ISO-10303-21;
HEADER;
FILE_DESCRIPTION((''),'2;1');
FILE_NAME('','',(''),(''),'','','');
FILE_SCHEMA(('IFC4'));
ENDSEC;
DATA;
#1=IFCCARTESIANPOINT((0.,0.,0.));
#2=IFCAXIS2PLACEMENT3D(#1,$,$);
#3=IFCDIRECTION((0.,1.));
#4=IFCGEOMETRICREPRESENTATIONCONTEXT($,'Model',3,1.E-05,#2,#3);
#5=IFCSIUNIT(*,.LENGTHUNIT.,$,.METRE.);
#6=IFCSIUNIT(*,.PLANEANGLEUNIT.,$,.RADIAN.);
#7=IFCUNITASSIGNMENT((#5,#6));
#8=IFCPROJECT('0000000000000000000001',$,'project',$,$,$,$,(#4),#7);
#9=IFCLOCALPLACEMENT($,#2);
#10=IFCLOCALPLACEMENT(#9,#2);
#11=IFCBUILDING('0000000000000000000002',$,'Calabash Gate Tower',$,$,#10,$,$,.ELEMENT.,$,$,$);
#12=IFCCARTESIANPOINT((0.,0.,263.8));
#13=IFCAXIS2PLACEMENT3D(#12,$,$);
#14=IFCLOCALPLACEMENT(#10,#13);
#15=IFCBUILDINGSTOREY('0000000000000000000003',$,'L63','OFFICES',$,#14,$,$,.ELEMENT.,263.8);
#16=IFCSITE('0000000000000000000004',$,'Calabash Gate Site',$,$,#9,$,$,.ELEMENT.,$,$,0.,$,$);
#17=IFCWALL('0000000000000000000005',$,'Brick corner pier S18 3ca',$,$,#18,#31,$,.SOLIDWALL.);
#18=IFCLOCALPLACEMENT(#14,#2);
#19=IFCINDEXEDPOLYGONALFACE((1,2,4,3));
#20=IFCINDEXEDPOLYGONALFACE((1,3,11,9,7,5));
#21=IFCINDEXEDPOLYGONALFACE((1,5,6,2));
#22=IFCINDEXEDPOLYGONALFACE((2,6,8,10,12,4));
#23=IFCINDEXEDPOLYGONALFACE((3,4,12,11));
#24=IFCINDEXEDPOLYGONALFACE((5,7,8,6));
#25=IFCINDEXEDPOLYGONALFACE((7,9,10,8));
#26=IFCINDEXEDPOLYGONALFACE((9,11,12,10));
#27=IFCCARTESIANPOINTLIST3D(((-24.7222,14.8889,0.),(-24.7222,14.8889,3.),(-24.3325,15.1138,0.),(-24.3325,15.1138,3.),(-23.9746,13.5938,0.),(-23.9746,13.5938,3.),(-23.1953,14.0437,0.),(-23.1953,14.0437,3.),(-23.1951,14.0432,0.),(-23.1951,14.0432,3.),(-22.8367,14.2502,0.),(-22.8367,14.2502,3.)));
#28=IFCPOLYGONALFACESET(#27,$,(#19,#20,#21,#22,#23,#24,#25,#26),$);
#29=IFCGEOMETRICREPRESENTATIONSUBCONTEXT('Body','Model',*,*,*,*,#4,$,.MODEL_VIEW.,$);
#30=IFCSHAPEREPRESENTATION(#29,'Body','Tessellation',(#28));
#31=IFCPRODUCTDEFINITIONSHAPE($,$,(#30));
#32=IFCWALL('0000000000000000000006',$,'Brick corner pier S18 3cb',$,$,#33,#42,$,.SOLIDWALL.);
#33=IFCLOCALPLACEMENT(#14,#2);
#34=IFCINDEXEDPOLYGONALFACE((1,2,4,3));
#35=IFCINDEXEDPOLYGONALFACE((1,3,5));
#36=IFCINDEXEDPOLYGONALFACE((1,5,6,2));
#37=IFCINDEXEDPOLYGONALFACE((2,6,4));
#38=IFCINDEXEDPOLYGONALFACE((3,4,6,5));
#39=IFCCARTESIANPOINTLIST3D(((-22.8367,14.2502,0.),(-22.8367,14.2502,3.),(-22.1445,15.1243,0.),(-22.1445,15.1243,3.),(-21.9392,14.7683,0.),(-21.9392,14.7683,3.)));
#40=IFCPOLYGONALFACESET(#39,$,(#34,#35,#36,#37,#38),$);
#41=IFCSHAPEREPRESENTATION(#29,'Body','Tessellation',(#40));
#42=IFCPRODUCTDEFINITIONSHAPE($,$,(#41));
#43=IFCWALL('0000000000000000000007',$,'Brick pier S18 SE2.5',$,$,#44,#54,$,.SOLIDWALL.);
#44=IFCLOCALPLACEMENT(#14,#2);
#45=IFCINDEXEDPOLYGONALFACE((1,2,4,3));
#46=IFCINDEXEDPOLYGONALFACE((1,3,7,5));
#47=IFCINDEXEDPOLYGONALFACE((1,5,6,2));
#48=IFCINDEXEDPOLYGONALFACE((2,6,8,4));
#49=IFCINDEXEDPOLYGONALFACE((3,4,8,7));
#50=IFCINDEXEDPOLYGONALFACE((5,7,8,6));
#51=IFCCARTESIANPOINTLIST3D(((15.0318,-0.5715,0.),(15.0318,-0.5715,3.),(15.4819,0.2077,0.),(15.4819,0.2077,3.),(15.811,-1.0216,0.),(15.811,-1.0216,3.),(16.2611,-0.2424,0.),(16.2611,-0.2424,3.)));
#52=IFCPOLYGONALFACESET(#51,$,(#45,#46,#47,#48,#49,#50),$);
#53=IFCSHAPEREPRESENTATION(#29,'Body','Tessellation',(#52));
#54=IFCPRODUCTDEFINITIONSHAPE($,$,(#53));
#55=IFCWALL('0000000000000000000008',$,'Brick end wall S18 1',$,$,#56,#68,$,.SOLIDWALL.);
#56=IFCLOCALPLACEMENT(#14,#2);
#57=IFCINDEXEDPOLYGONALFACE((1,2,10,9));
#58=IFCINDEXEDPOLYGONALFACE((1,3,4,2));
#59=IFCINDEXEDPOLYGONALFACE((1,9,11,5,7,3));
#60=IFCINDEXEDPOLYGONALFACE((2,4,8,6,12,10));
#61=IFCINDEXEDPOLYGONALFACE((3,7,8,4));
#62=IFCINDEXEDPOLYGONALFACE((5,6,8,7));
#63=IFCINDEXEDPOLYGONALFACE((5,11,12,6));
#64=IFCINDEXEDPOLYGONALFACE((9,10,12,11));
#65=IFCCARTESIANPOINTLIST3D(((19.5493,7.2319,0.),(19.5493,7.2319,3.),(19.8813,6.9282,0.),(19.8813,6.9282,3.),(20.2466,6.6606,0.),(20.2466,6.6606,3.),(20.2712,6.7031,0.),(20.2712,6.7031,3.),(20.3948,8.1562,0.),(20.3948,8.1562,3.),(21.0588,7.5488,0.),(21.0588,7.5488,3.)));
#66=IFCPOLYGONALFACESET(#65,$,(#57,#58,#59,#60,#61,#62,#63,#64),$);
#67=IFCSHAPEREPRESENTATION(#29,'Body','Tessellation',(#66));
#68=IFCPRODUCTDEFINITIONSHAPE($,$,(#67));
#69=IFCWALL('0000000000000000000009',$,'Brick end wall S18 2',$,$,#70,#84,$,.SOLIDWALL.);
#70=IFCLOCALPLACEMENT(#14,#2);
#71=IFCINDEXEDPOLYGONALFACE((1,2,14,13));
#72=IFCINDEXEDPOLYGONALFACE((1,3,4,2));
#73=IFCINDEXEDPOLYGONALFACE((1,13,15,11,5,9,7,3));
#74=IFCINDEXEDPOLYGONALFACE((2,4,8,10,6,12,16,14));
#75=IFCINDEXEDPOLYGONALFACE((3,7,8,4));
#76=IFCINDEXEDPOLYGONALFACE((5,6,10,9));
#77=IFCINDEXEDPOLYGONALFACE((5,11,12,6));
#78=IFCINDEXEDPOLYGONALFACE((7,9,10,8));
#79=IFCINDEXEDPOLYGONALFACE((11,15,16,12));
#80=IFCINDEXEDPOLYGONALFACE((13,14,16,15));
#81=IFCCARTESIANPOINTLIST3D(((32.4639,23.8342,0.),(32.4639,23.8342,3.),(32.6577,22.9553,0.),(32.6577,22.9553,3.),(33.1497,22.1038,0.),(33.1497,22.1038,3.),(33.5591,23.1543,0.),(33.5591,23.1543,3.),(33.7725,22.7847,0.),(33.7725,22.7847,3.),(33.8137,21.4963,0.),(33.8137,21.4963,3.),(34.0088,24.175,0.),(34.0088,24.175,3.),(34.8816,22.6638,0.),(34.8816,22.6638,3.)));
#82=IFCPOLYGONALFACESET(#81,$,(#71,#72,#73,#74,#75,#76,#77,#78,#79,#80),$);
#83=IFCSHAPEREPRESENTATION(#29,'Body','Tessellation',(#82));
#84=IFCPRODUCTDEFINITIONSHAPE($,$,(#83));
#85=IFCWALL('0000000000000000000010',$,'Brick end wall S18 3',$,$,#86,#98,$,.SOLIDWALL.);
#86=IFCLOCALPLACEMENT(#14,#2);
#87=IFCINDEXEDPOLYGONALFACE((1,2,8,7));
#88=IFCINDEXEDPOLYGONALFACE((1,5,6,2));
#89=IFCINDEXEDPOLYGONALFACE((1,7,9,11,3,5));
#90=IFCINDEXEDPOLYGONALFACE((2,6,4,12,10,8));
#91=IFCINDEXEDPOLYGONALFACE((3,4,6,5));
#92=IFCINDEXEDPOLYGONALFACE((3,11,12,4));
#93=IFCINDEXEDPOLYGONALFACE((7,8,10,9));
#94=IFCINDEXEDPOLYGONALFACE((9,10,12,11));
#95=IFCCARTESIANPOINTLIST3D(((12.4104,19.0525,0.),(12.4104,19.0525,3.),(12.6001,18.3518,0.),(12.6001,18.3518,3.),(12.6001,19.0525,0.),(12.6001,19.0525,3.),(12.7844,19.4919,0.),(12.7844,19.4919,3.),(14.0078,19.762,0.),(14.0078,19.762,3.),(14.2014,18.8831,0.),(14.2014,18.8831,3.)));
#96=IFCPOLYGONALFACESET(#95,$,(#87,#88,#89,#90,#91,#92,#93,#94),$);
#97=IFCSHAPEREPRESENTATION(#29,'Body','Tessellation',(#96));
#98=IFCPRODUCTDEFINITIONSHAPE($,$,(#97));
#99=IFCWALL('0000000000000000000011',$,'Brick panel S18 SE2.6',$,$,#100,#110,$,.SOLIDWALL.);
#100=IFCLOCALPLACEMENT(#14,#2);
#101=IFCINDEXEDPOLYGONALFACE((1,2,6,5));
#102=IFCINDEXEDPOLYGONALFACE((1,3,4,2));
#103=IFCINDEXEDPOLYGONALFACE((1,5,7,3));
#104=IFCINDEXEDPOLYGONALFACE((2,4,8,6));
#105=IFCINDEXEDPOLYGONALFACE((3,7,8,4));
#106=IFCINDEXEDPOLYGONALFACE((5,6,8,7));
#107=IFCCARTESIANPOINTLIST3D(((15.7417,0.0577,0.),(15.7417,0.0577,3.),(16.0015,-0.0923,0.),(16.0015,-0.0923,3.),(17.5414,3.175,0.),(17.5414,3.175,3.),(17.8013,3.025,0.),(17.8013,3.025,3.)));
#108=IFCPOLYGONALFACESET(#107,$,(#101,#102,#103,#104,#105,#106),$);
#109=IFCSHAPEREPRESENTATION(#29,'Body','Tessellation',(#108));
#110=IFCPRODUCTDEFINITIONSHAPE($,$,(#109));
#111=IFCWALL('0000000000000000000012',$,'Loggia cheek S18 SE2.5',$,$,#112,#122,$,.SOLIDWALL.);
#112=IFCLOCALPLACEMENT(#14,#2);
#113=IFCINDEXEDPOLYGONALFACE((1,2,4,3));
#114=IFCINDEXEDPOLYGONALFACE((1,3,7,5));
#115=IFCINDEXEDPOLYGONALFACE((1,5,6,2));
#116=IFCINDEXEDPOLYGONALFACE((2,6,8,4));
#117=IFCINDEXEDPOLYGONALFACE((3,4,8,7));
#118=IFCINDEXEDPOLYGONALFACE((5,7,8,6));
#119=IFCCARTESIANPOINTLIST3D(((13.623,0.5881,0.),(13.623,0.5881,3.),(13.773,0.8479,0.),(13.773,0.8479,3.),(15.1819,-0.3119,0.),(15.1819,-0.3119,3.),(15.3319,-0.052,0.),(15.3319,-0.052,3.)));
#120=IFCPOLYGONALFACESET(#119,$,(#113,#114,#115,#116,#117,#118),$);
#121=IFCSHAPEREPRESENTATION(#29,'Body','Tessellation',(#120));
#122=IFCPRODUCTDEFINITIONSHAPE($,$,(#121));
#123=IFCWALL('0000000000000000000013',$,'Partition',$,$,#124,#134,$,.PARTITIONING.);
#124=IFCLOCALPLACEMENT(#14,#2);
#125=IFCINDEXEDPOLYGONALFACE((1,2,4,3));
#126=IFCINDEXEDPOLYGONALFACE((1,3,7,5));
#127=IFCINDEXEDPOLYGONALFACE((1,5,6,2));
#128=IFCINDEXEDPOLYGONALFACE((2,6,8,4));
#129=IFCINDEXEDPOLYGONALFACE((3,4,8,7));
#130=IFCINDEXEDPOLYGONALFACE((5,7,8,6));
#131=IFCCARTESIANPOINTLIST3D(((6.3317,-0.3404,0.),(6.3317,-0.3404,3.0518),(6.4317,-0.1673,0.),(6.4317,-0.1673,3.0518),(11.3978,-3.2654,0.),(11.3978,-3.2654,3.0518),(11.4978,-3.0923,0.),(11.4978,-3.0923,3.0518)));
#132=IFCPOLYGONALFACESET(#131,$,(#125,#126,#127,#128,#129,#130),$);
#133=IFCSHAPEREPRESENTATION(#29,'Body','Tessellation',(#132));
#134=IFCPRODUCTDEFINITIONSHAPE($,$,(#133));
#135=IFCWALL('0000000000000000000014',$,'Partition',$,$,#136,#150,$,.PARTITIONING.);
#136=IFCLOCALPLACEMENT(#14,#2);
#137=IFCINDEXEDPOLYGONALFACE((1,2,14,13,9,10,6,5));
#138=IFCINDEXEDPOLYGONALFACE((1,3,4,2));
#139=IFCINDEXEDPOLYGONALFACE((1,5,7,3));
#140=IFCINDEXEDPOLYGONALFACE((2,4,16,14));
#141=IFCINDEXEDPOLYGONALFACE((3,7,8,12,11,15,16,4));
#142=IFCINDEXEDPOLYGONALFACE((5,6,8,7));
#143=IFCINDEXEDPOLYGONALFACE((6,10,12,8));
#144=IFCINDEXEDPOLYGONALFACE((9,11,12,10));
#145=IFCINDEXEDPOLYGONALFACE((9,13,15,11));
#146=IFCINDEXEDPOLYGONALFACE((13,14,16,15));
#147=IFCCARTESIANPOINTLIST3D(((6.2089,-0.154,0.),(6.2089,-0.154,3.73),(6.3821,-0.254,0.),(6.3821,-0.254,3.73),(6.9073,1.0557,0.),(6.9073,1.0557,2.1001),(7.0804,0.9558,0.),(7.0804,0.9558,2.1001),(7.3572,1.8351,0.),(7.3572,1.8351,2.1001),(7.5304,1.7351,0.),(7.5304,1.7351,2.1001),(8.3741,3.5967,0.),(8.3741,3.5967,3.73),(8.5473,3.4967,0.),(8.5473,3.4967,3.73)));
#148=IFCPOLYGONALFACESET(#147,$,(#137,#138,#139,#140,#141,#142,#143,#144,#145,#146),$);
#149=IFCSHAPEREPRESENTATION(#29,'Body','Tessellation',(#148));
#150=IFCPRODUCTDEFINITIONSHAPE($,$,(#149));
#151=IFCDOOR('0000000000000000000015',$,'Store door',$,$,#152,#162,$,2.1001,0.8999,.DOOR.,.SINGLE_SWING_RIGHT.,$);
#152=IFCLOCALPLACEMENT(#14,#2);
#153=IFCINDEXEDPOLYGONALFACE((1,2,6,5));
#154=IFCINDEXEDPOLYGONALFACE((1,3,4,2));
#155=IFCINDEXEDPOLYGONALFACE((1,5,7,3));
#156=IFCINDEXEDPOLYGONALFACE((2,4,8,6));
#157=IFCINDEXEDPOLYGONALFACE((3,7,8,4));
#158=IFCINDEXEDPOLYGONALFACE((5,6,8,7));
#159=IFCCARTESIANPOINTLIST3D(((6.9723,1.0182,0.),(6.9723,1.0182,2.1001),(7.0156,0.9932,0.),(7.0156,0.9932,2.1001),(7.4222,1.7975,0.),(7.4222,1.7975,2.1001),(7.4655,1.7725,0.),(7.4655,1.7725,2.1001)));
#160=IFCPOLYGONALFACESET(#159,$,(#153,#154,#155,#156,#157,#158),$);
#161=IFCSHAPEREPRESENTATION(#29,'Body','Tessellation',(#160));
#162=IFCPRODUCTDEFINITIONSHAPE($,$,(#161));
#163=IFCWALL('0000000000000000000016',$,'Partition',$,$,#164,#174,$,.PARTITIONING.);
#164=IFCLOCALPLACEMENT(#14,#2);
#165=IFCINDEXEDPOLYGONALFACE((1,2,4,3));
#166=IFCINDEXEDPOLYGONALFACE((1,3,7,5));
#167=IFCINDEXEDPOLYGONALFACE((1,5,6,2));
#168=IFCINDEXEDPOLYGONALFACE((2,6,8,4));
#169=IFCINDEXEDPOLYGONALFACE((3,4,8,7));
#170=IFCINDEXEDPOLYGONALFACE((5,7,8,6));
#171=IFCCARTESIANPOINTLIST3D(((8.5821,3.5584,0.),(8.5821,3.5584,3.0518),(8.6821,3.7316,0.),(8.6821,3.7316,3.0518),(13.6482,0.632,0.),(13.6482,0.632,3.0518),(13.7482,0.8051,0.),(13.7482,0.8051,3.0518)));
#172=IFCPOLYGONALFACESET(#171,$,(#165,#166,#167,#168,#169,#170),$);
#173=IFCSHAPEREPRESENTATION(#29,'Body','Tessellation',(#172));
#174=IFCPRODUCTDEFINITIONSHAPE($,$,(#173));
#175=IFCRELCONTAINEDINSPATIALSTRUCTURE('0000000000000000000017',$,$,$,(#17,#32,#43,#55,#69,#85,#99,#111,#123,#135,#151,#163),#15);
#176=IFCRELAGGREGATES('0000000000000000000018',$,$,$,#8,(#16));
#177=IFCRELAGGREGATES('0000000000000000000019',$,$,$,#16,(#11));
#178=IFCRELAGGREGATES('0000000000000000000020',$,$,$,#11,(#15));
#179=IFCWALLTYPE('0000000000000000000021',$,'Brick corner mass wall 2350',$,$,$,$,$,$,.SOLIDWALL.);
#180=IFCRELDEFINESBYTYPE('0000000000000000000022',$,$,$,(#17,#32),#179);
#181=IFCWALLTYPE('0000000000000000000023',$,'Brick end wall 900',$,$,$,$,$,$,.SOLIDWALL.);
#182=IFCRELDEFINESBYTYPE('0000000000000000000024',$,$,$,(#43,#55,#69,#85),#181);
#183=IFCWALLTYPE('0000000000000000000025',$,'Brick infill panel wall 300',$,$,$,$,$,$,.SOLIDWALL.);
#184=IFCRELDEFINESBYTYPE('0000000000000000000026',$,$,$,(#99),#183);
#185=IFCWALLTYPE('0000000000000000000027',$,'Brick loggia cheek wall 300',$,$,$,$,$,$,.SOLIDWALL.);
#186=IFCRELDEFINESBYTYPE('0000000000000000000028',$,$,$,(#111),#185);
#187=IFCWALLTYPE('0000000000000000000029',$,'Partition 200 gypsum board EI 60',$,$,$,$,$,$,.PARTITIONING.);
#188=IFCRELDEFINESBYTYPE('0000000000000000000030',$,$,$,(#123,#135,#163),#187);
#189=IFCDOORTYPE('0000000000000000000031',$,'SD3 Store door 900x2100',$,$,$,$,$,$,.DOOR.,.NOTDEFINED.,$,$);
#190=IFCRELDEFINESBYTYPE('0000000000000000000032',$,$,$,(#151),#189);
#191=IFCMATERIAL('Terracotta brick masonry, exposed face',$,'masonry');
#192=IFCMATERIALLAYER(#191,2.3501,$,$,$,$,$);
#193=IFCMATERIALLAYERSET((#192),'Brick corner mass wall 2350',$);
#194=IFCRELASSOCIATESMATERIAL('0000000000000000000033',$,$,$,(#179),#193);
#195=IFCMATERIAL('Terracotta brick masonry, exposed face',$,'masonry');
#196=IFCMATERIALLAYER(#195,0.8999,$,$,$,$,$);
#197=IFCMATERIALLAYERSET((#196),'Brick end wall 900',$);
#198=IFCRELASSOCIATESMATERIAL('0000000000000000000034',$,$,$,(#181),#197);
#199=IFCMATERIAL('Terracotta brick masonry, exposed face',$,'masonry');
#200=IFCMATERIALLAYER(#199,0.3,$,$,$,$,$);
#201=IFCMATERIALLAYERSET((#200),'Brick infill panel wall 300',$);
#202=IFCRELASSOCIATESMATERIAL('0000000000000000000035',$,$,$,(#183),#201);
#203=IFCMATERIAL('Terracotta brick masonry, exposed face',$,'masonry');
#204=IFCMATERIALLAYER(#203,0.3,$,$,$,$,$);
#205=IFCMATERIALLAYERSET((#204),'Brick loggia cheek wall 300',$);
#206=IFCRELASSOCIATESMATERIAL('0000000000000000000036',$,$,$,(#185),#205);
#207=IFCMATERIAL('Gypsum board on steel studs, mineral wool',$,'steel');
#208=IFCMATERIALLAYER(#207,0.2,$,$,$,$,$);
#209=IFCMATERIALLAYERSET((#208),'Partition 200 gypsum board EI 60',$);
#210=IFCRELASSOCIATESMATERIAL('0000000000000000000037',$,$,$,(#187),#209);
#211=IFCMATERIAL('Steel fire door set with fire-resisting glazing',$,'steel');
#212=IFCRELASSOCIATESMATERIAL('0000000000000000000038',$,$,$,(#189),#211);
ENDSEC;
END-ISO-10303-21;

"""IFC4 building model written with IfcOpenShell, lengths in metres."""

from ifc_helpers import new_model, si_unit, direction, frame, frame_2d, origin, place, context, subcontext, project, spatial, polyline, rectangle, outline, extrude, material, layer, layer_set, type_object, element, fill, save


model = new_model("IFC4")

# Units and contexts
model_context = context("Model", 3, precision=1e-05, world=origin(), true_north=direction((0.0, 1.0)))
body_context = subcontext(model_context, "Body", "Model", "MODEL_VIEW")
ifc_project = project(units=[si_unit("LENGTHUNIT", "METRE"), si_unit("PLANEANGLEUNIT", "RADIAN")], contexts=[model_context])

# Site, building, storey
site_placement = place(None, origin())
site = spatial("IfcSite", under=ifc_project, at=site_placement, Name="Calabash Gate Site", CompositionType="ELEMENT", RefElevation=0.0)
building_placement = place(site_placement, origin())
building = spatial("IfcBuilding", under=site, at=building_placement, Name="Calabash Gate Tower", CompositionType="ELEMENT")
storey_placement = place(building_placement, frame((0.0, 0.0, 263.8)))
storey = spatial("IfcBuildingStorey", under=building, at=storey_placement, Name="L63", Description="OFFICES", CompositionType="ELEMENT", Elevation=263.8)

# Walls
ifc_material_1 = material(Name="Terracotta brick masonry, exposed face", Category="masonry")
ifc_layer_1 = layer(ifc_material_1, 2.3501)
ifc_layer_set_1 = layer_set([ifc_layer_1], Name="Brick corner mass wall 2350")
wall_type_1 = type_object("IfcWallType", Name="Brick corner mass wall 2350", PredefinedType="SOLIDWALL", material=ifc_layer_set_1)
wall_1_placement = place(storey_placement, origin())
element("IfcWall", 1, at=wall_1_placement, inside=storey, type_object=wall_type_1, Name="Brick corner pier S18 3ca", PredefinedType="SOLIDWALL", context=body_context, shape_type="SweptSolid", body=[
    extrude(outline(polyline([(-23.9746, 13.5938), (-23.1953, 14.0437), (-23.1951, 14.0432), (-22.8367, 14.2502), (-24.3325, 15.1138), (-24.7222, 14.8889), (-23.9746, 13.5938)])), origin(), (0.0, 0.0, 1.0), 3.0),
])
wall_2_placement = place(storey_placement, origin())
element("IfcWall", 2, at=wall_2_placement, inside=storey, type_object=wall_type_1, Name="Brick corner pier S18 3cb", PredefinedType="SOLIDWALL", context=body_context, shape_type="SweptSolid", body=[
    extrude(outline(polyline([(-21.9392, 14.7683), (-22.1445, 15.1243), (-22.8367, 14.2502), (-21.9392, 14.7683)])), origin(), (0.0, 0.0, 1.0), 3.0),
])
ifc_material_2 = material(Name="Terracotta brick masonry, exposed face", Category="masonry")
ifc_layer_2 = layer(ifc_material_2, 0.8999)
ifc_layer_set_2 = layer_set([ifc_layer_2], Name="Brick end wall 900")
wall_type_2 = type_object("IfcWallType", Name="Brick end wall 900", PredefinedType="SOLIDWALL", material=ifc_layer_set_2)
wall_3_placement = place(storey_placement, frame((15.2568, -0.1819, 0.0), z_axis=(0.0, 0.0, 1.0), x_axis=(0.865896, -0.500223, 0.0)))
element("IfcWall", 3, at=wall_3_placement, inside=storey, type_object=wall_type_2, Name="Brick pier S18 SE2.5", PredefinedType="SOLIDWALL", context=body_context, shape_type="SweptSolid", body=[
    extrude(rectangle(XDim=0.8999, YDim=0.8999, at=frame_2d((0.45, 0.0))), origin(), (0.0, 0.0, 1.0), 3.0),
])
wall_4_placement = place(storey_placement, origin())
element("IfcWall", 4, at=wall_4_placement, inside=storey, type_object=wall_type_2, Name="Brick end wall S18 1", PredefinedType="SOLIDWALL", context=body_context, shape_type="SweptSolid", body=[
    extrude(outline(polyline([(20.3948, 8.1562), (19.5493, 7.2319), (19.8813, 6.9282), (20.2712, 6.7031), (20.2466, 6.6606), (21.0588, 7.5488), (20.3948, 8.1562)])), origin(), (0.0, 0.0, 1.0), 3.0),
])
wall_5_placement = place(storey_placement, origin())
element("IfcWall", 5, at=wall_5_placement, inside=storey, type_object=wall_type_2, Name="Brick end wall S18 2", PredefinedType="SOLIDWALL", context=body_context, shape_type="SweptSolid", body=[
    extrude(outline(polyline([(33.8137, 21.4963), (34.8816, 22.6638), (34.0088, 24.175), (32.4639, 23.8342), (32.6577, 22.9553), (33.5591, 23.1543), (33.7725, 22.7847), (33.1497, 22.1038), (33.8137, 21.4963)])), origin(), (0.0, 0.0, 1.0), 3.0),
])
wall_6_placement = place(storey_placement, origin())
element("IfcWall", 6, at=wall_6_placement, inside=storey, type_object=wall_type_2, Name="Brick end wall S18 3", PredefinedType="SOLIDWALL", context=body_context, shape_type="SweptSolid", body=[
    extrude(outline(polyline([(14.2014, 18.8831), (14.0078, 19.762), (12.7844, 19.4919), (12.4104, 19.0525), (12.6001, 19.0525), (12.6001, 18.3518), (14.2014, 18.8831)])), origin(), (0.0, 0.0, 1.0), 3.0),
])
ifc_material_3 = material(Name="Terracotta brick masonry, exposed face", Category="masonry")
ifc_layer_3 = layer(ifc_material_3, 0.3)
ifc_layer_set_3 = layer_set([ifc_layer_3], Name="Brick infill panel wall 300")
wall_type_3 = type_object("IfcWallType", Name="Brick infill panel wall 300", PredefinedType="SOLIDWALL", material=ifc_layer_set_3)
wall_7_placement = place(storey_placement, frame((15.8716, -0.0173, 0.0), z_axis=(0.0, 0.0, 1.0), x_axis=(0.499991, 0.866031, 0.0)))
element("IfcWall", 7, at=wall_7_placement, inside=storey, type_object=wall_type_3, Name="Brick panel S18 SE2.6", PredefinedType="SOLIDWALL", context=body_context, shape_type="SweptSolid", body=[
    extrude(rectangle(XDim=3.5996, YDim=0.3, at=frame_2d((1.7998, 0.0))), origin(), (0.0, 0.0, 1.0), 3.0),
])
ifc_material_4 = material(Name="Terracotta brick masonry, exposed face", Category="masonry")
ifc_layer_4 = layer(ifc_material_4, 0.3)
ifc_layer_set_4 = layer_set([ifc_layer_4], Name="Brick loggia cheek wall 300")
wall_type_4 = type_object("IfcWallType", Name="Brick loggia cheek wall 300", PredefinedType="SOLIDWALL", material=ifc_layer_set_4)
wall_8_placement = place(storey_placement, frame((15.2568, -0.1819, 0.0), z_axis=(0.0, 0.0, 1.0), x_axis=(-0.866048, 0.499961, 0.0)))
element("IfcWall", 8, at=wall_8_placement, inside=storey, type_object=wall_type_4, Name="Loggia cheek S18 SE2.5", PredefinedType="SOLIDWALL", context=body_context, shape_type="SweptSolid", body=[
    extrude(rectangle(XDim=1.8, YDim=0.3, at=frame_2d((0.8999, 0.0))), origin(), (0.0, 0.0, 1.0), 3.0),
])
ifc_material_5 = material(Name="Gypsum board on steel studs, mineral wool", Category="steel")
ifc_layer_5 = layer(ifc_material_5, 0.2)
ifc_layer_set_5 = layer_set([ifc_layer_5], Name="Partition 200 gypsum board EI 60")
wall_type_5 = type_object("IfcWallType", Name="Partition 200 gypsum board EI 60", PredefinedType="PARTITIONING", material=ifc_layer_set_5)
wall_9_placement = place(storey_placement, frame((6.3818, -0.2539, 0.0), z_axis=(0.0, 0.0, 1.0), x_axis=(0.866018, -0.500013, 0.0)))
element("IfcWall", 9, at=wall_9_placement, inside=storey, type_object=wall_type_5, Name="Partition", PredefinedType="PARTITIONING", context=body_context, shape_type="SweptSolid", body=[
    extrude(rectangle(XDim=5.8499, YDim=0.2, at=frame_2d((2.9248, 0.0))), origin(), (0.0, 0.0, 1.0), 3.0518),
])

# Wall, opening, door
wall_10_placement = place(storey_placement, frame((6.2954, -0.2041, 0.0), z_axis=(0.0, 0.0, 1.0), x_axis=(0.499965, 0.866046, 0.0)))
wall_10 = element("IfcWall", 10, at=wall_10_placement, inside=storey, type_object=wall_type_5, Name="Partition", PredefinedType="PARTITIONING", context=body_context, shape_type="SweptSolid", body=[
    extrude(rectangle(XDim=4.3308, YDim=0.2, at=frame_2d((2.1655, 0.0))), origin(), (0.0, 0.0, 1.0), 3.73),
])
opening_placement = place(wall_10_placement, frame((1.397, 0.0, 0.0)))
opening = element("IfcOpeningElement", 11, at=opening_placement, cuts=wall_10, PredefinedType="OPENING", context=body_context, shape_type="SweptSolid", body=[
    extrude(rectangle(XDim=0.8999, YDim=2.1001, at=frame_2d((0.45, 1.05))), frame((0.0, 0.1099, 0.0), z_axis=(0.0, -1.0, 0.0), x_axis=(1.0, 0.0, 0.0)), (0.0, 0.0, 1.0), 0.22),
])
ifc_material_6 = material(Name="Steel fire door set with fire-resisting glazing", Category="steel")
door_type = type_object("IfcDoorType", Name="SD3 Store door 900x2100", OperationType="NOTDEFINED", PredefinedType="DOOR", material=ifc_material_6)
door_placement = place(opening_placement, origin())
door = element("IfcDoor", 12, at=door_placement, inside=storey, type_object=door_type, Name="Store door", OperationType="SINGLE_SWING_RIGHT", OverallHeight=2.1001, OverallWidth=0.8999, PredefinedType="DOOR", context=body_context, shape_type="SweptSolid", body=[
    extrude(rectangle(XDim=0.8999, YDim=2.1001, at=frame_2d((0.45, 1.05))), frame((0.0, 0.0249, 0.0), z_axis=(0.0, -1.0, 0.0), x_axis=(1.0, 0.0, 0.0)), (0.0, 0.0, 1.0), 0.05),
])
fill(opening, door)

# Wall
wall_11_placement = place(storey_placement, frame((8.6321, 3.645, 0.0), z_axis=(0.0, 0.0, 1.0), x_axis=(0.86591, -0.5002, 0.0)))
element("IfcWall", 13, at=wall_11_placement, inside=storey, type_object=wall_type_5, Name="Partition", PredefinedType="PARTITIONING", context=body_context, shape_type="SweptSolid", body=[
    extrude(rectangle(XDim=5.8506, YDim=0.2, at=frame_2d((2.9253, 0.0))), origin(), (0.0, 0.0, 1.0), 3.0518),
])

save(model, "model.ifc")
